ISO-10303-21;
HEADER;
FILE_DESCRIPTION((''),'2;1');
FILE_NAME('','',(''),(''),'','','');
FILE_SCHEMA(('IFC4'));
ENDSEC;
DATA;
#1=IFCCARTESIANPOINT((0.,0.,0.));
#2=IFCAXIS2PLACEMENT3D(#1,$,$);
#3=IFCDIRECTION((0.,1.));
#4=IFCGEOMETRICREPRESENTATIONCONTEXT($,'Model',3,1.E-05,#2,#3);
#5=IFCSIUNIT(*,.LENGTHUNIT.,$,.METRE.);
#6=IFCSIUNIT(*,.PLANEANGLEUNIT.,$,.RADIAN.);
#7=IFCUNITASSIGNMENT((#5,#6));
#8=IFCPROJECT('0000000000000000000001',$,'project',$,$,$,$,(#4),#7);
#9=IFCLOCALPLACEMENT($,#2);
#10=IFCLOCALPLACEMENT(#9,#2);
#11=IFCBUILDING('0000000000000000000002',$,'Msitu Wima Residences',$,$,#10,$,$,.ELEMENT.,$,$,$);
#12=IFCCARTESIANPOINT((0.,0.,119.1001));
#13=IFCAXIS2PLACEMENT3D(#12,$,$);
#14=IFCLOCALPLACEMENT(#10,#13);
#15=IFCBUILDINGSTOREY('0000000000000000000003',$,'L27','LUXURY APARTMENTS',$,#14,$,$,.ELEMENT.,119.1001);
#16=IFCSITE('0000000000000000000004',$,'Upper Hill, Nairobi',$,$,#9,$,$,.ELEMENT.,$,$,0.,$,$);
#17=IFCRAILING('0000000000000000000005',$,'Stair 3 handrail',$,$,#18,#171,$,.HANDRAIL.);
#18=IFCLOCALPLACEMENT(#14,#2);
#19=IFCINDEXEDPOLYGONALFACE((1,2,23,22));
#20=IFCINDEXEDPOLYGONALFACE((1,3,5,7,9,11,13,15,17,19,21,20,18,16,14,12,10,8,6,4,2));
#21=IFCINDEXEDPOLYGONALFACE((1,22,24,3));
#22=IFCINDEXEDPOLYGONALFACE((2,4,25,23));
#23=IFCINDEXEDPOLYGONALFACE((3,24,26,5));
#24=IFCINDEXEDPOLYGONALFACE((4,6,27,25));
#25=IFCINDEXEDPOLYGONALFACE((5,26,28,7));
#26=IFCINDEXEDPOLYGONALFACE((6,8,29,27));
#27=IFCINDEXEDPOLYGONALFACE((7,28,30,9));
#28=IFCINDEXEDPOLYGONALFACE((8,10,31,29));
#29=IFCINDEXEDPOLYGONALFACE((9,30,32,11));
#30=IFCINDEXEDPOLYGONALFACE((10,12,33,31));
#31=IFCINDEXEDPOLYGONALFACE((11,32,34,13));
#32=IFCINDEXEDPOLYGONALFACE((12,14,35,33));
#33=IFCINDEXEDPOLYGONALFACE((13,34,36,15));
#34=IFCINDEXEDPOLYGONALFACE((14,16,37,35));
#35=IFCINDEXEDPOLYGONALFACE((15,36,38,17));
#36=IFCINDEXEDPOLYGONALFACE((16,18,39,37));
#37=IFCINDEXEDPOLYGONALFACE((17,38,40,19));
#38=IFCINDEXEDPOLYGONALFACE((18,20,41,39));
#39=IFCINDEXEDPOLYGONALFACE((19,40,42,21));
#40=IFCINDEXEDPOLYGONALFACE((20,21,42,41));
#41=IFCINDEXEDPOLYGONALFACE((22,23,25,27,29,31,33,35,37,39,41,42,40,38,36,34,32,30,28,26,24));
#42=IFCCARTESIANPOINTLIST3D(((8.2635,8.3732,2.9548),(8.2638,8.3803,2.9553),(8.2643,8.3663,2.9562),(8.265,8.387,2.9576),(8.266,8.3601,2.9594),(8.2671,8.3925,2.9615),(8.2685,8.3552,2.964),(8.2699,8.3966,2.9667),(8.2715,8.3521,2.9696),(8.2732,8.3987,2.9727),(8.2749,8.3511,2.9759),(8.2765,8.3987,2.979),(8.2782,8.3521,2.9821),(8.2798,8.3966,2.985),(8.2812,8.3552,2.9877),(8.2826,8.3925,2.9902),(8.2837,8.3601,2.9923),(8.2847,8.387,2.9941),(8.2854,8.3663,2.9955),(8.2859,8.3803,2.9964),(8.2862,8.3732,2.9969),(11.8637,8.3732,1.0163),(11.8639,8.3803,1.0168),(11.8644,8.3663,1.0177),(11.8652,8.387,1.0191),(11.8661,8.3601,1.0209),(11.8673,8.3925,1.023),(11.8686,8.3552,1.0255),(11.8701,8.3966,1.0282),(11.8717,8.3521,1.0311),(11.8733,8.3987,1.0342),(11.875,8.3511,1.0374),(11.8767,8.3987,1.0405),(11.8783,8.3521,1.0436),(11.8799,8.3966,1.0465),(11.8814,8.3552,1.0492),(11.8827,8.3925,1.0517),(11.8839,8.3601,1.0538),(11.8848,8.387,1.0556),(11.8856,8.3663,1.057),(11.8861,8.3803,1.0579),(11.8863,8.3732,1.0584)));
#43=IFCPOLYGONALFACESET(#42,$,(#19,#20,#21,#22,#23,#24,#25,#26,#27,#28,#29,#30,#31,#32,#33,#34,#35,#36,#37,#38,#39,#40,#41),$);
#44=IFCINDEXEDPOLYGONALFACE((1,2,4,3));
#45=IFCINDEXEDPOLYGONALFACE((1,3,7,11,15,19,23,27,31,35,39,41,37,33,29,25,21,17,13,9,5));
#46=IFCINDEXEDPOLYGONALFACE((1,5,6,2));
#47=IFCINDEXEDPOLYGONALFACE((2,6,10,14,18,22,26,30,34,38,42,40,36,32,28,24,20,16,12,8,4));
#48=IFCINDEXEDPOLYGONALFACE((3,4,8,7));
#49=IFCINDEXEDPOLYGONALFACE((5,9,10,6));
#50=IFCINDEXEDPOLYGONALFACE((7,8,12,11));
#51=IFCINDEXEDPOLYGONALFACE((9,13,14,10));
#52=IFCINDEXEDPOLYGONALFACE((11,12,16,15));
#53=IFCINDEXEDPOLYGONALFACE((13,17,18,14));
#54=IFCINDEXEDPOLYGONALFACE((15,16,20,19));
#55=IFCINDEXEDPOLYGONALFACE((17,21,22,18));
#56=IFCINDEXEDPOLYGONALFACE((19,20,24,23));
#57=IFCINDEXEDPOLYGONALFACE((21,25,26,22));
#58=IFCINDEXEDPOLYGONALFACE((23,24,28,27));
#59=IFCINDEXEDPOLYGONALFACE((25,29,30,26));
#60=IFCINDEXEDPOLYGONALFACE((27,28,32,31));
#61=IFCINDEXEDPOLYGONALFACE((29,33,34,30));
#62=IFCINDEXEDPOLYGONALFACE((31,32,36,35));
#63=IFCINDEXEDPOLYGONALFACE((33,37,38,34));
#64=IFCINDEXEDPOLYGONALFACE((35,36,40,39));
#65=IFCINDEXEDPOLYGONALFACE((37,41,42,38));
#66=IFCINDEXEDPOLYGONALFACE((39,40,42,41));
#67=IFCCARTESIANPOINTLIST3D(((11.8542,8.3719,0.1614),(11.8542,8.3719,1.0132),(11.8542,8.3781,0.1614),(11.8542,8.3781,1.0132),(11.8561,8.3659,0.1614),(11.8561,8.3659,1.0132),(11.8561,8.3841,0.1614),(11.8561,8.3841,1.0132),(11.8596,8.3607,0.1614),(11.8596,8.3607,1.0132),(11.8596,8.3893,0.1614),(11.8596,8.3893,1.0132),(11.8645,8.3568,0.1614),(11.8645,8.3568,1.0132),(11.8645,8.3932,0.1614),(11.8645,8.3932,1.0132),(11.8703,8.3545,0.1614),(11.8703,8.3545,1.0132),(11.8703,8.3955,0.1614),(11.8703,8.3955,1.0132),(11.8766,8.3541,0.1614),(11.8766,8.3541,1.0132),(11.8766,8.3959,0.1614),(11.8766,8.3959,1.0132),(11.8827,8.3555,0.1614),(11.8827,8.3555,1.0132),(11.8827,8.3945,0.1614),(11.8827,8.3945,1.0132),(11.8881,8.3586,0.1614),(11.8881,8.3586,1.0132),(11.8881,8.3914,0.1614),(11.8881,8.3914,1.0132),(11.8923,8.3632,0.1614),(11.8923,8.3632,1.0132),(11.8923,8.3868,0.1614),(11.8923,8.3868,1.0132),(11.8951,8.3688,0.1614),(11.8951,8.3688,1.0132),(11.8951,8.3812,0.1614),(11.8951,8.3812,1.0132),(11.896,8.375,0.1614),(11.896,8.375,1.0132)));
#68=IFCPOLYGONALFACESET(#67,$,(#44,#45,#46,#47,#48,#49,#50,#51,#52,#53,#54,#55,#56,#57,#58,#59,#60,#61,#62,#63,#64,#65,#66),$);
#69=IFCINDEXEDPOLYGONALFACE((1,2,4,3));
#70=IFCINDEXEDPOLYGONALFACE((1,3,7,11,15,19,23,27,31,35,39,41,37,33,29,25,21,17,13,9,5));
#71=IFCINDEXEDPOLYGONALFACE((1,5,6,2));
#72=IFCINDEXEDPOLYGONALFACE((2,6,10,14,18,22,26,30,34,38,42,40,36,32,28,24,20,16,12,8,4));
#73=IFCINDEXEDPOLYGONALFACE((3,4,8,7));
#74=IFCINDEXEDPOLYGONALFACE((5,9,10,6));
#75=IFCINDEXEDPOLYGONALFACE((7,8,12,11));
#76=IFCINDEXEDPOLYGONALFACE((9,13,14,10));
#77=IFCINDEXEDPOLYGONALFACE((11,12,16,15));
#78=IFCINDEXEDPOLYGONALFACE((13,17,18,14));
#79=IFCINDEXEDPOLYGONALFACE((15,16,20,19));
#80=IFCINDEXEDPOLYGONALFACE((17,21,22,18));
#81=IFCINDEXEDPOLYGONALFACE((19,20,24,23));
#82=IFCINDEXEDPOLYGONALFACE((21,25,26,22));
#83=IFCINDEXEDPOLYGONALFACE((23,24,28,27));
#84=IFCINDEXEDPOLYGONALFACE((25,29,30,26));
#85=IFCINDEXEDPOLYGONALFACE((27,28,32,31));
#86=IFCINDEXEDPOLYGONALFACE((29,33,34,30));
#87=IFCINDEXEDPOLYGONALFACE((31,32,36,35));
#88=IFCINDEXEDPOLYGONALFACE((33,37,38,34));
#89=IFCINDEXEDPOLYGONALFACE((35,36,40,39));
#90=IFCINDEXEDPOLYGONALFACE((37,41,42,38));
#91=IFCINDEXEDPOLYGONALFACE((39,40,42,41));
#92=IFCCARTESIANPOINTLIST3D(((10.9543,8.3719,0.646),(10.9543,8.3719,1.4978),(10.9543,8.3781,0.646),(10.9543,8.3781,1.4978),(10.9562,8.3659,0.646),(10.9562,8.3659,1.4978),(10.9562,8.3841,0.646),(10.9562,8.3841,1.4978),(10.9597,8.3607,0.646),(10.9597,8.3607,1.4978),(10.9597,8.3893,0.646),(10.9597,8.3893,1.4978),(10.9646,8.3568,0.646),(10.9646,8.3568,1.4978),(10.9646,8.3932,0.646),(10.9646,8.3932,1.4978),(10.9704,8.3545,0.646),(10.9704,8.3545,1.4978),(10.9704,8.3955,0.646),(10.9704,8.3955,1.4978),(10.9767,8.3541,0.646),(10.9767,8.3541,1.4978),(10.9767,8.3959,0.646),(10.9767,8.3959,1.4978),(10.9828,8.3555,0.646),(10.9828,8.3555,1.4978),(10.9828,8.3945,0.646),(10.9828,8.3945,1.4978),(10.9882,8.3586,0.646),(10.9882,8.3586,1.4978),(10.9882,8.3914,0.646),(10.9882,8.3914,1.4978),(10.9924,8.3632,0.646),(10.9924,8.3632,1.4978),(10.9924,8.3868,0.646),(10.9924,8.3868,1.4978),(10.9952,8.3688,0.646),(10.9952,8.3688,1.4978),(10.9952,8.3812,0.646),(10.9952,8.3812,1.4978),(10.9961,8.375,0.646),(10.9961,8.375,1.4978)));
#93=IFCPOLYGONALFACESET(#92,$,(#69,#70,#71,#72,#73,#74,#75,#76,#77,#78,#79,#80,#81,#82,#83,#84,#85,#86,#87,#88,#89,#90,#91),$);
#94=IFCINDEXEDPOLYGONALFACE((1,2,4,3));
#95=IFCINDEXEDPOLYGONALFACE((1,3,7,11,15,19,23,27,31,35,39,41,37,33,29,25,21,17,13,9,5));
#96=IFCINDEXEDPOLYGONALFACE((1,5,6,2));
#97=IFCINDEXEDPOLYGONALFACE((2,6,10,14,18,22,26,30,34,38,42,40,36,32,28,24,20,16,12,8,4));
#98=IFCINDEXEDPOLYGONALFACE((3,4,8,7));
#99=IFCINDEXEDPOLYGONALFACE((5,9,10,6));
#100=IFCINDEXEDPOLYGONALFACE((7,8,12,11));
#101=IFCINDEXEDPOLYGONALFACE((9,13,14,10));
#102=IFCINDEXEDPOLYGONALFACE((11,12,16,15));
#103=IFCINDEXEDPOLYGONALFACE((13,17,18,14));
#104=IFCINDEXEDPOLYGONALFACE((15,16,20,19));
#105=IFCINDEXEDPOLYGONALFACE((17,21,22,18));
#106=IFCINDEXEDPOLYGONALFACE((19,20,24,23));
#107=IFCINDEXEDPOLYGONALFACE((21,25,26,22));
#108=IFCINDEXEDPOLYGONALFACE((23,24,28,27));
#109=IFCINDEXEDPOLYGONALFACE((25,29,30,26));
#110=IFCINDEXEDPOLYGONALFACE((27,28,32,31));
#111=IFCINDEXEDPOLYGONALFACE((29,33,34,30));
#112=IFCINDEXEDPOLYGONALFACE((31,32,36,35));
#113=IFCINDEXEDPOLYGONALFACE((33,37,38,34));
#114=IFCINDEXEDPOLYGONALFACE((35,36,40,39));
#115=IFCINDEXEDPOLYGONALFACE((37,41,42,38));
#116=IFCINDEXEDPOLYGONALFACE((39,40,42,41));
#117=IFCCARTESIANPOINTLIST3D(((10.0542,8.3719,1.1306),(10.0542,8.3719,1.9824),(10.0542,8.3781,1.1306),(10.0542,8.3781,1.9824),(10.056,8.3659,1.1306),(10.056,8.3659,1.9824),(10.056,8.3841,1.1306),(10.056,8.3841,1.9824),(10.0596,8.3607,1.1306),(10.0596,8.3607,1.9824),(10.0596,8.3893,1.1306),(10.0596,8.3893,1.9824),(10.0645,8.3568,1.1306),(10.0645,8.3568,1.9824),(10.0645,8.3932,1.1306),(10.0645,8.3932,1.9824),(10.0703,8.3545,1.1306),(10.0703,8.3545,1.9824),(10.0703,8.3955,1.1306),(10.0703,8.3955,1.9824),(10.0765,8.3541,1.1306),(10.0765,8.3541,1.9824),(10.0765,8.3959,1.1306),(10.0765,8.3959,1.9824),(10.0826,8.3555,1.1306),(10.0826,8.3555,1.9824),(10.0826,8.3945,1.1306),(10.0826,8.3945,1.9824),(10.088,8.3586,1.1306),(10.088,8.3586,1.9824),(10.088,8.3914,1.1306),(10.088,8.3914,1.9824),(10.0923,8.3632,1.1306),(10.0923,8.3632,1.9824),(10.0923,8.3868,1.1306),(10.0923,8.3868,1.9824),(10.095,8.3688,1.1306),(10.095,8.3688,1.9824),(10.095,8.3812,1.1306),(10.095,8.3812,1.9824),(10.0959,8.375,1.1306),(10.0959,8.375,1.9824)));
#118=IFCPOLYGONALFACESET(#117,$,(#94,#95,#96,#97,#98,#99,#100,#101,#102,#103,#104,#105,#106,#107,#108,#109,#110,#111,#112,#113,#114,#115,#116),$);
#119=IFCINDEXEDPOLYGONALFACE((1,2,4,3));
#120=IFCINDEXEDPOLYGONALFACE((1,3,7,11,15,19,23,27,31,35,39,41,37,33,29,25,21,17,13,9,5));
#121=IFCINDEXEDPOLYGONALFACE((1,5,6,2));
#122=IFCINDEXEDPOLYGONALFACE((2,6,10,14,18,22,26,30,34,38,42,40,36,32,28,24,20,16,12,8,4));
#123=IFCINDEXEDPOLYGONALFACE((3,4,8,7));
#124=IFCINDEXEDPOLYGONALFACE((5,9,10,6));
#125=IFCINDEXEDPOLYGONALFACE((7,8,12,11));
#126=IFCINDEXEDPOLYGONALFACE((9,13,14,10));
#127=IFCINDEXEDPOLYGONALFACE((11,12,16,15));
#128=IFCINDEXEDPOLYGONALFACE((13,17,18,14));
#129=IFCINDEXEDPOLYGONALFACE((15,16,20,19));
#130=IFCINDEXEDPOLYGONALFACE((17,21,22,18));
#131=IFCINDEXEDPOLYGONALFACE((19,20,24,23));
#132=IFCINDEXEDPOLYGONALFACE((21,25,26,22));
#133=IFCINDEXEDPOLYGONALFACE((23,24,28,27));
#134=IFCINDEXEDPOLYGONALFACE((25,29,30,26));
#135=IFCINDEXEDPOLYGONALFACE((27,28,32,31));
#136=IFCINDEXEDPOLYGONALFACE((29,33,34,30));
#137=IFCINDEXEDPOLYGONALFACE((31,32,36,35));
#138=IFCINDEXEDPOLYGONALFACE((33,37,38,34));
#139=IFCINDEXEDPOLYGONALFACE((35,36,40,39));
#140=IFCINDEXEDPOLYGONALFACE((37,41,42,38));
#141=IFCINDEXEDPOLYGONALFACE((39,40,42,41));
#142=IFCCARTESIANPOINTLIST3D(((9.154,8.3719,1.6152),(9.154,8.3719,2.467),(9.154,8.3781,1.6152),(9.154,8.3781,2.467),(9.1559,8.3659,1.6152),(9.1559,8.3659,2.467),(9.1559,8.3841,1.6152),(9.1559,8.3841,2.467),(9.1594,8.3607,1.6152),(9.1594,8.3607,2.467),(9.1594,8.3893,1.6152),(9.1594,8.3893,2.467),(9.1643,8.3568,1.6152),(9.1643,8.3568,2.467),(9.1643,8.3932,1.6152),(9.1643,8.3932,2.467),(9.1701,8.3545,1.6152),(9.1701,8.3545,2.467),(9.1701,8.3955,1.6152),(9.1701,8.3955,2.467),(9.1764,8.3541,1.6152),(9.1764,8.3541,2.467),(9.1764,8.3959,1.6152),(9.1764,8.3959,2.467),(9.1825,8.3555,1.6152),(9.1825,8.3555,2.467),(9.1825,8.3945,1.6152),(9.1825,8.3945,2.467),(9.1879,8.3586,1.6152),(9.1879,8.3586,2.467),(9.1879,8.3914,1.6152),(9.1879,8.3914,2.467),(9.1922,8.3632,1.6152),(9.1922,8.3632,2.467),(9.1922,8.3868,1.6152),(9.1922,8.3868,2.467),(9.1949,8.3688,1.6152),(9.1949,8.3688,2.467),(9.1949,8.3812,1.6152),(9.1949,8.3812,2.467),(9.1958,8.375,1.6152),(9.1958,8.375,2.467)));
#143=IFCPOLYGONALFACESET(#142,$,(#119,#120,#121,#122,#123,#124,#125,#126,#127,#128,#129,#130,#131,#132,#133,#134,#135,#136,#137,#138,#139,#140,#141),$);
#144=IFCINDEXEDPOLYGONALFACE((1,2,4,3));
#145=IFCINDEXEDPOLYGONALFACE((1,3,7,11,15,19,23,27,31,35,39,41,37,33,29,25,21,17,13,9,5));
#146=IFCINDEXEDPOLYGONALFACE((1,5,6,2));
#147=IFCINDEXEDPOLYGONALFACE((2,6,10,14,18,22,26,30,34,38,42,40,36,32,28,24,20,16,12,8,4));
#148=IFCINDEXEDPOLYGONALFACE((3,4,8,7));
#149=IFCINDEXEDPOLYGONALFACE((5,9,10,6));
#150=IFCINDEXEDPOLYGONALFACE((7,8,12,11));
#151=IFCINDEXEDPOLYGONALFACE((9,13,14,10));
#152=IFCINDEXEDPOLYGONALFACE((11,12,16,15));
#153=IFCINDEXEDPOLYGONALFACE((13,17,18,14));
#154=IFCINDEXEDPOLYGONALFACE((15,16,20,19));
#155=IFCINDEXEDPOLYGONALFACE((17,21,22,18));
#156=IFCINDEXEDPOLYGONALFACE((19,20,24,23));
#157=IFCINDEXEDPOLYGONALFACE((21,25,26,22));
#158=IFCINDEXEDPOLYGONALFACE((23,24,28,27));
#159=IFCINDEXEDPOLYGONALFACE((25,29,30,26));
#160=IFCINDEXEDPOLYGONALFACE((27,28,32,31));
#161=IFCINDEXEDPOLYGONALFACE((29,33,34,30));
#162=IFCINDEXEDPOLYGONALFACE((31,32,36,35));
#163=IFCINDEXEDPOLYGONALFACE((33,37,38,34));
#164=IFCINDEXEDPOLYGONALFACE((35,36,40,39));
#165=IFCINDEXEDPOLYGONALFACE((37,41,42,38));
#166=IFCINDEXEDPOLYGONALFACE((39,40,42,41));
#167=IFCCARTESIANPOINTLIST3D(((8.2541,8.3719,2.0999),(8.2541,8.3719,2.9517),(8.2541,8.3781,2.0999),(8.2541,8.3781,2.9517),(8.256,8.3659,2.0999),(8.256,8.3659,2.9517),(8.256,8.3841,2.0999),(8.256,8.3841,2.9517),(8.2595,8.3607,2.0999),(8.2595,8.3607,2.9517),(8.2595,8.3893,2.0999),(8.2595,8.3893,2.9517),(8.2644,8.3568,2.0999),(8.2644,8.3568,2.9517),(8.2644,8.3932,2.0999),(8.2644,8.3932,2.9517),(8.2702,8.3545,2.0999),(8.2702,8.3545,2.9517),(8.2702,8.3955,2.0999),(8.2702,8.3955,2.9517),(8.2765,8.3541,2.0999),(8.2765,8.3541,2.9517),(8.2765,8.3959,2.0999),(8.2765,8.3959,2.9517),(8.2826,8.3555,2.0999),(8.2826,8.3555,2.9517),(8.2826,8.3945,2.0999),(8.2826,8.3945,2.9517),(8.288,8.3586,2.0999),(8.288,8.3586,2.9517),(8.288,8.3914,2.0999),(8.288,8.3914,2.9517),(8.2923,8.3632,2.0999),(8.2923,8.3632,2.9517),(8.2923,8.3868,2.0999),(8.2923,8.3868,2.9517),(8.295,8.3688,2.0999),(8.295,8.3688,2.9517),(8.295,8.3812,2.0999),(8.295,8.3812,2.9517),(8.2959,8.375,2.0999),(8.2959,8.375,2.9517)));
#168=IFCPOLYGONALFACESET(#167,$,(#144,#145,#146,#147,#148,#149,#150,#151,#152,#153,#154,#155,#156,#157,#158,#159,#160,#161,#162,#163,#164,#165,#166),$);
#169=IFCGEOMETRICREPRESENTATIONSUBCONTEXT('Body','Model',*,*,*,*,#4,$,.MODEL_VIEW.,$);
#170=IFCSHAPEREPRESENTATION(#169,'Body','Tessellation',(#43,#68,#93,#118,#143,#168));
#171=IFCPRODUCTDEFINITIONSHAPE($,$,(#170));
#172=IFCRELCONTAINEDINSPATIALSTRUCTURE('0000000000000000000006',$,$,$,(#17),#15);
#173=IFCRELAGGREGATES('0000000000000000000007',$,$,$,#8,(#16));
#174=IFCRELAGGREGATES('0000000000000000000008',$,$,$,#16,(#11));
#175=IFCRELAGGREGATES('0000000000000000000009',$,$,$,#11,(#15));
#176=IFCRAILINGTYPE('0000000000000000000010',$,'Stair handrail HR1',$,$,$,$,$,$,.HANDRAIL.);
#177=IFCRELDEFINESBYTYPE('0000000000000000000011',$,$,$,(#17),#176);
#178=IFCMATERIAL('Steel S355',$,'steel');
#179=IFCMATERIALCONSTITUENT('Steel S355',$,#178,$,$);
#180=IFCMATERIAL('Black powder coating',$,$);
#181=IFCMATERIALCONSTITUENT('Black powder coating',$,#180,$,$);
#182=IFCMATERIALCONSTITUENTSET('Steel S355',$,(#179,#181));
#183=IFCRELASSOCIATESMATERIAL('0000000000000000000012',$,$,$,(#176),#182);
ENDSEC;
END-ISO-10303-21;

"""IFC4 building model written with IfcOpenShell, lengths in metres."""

from ifc_helpers import new_model, si_unit, direction, frame, origin, origin_2d, place, context, subcontext, project, spatial, circle, extrude, material, constituent, constituent_set, type_object, element, save


model = new_model("IFC4")

# Units and contexts
model_context = context("Model", 3, precision=1e-05, world=origin(), true_north=direction((0.0, 1.0)))
body_context = subcontext(model_context, "Body", "Model", "MODEL_VIEW")
ifc_project = project(units=[si_unit("LENGTHUNIT", "METRE"), si_unit("PLANEANGLEUNIT", "RADIAN")], contexts=[model_context])

# Site, building, storey
site_placement = place(None, origin())
site = spatial("IfcSite", under=ifc_project, at=site_placement, Name="Upper Hill, Nairobi", CompositionType="ELEMENT", RefElevation=0.0)
building_placement = place(site_placement, origin())
building = spatial("IfcBuilding", under=site, at=building_placement, Name="Msitu Wima Residences", CompositionType="ELEMENT")
storey_placement = place(building_placement, frame((0.0, 0.0, 119.1001)))
storey = spatial("IfcBuildingStorey", under=building, at=storey_placement, Name="L27", Description="LUXURY APARTMENTS", CompositionType="ELEMENT", Elevation=119.1001)

# Railing
ifc_material_1 = material(Name="Steel S355", Category="steel")
ifc_constituent_1 = constituent(ifc_material_1, Name="Steel S355")
ifc_material_2 = material(Name="Black powder coating")
ifc_constituent_2 = constituent(ifc_material_2, Name="Black powder coating")
ifc_constituent_set = constituent_set(constituents=[ifc_constituent_1, ifc_constituent_2], Name="Steel S355")
railing_type = type_object("IfcRailingType", Name="Stair handrail HR1", PredefinedType="HANDRAIL", material=ifc_constituent_set)
for number, where, name in (
    (1, (11.875, 8.375, 0.1614), "Stair 3 handrail"),
):
    element("IfcRailing", number, at=place(storey_placement, frame(where)), inside=storey, type_object=railing_type, Name=name, PredefinedType="HANDRAIL", context=body_context, shape_type="SweptSolid", body=[
        extrude(circle(Radius=0.0239, at=origin_2d()), frame((0.0, 0.0, 0.876), z_axis=(-0.880475, 0.0, 0.474093), x_axis=(0.0, -1.0, 0.0)), (0.0, 0.0, 1.0), 4.0889),
        extrude(circle(Radius=0.021, at=origin_2d()), origin(), (0.0, 0.0, 1.0), 0.8518),
        extrude(circle(Radius=0.021, at=origin_2d()), frame((-0.8999, 0.0, 0.4846)), (0.0, 0.0, 1.0), 0.8518),
        extrude(circle(Radius=0.021, at=origin_2d()), frame((-1.8, 0.0, 0.9692)), (0.0, 0.0, 1.0), 0.8518),
        extrude(circle(Radius=0.021, at=origin_2d()), frame((-2.7002, 0.0, 1.4539)), (0.0, 0.0, 1.0), 0.8518),
        extrude(circle(Radius=0.021, at=origin_2d()), frame((-3.6001, 0.0, 1.9385)), (0.0, 0.0, 1.0), 0.8518),
    ])

save(model, "model.ifc")
